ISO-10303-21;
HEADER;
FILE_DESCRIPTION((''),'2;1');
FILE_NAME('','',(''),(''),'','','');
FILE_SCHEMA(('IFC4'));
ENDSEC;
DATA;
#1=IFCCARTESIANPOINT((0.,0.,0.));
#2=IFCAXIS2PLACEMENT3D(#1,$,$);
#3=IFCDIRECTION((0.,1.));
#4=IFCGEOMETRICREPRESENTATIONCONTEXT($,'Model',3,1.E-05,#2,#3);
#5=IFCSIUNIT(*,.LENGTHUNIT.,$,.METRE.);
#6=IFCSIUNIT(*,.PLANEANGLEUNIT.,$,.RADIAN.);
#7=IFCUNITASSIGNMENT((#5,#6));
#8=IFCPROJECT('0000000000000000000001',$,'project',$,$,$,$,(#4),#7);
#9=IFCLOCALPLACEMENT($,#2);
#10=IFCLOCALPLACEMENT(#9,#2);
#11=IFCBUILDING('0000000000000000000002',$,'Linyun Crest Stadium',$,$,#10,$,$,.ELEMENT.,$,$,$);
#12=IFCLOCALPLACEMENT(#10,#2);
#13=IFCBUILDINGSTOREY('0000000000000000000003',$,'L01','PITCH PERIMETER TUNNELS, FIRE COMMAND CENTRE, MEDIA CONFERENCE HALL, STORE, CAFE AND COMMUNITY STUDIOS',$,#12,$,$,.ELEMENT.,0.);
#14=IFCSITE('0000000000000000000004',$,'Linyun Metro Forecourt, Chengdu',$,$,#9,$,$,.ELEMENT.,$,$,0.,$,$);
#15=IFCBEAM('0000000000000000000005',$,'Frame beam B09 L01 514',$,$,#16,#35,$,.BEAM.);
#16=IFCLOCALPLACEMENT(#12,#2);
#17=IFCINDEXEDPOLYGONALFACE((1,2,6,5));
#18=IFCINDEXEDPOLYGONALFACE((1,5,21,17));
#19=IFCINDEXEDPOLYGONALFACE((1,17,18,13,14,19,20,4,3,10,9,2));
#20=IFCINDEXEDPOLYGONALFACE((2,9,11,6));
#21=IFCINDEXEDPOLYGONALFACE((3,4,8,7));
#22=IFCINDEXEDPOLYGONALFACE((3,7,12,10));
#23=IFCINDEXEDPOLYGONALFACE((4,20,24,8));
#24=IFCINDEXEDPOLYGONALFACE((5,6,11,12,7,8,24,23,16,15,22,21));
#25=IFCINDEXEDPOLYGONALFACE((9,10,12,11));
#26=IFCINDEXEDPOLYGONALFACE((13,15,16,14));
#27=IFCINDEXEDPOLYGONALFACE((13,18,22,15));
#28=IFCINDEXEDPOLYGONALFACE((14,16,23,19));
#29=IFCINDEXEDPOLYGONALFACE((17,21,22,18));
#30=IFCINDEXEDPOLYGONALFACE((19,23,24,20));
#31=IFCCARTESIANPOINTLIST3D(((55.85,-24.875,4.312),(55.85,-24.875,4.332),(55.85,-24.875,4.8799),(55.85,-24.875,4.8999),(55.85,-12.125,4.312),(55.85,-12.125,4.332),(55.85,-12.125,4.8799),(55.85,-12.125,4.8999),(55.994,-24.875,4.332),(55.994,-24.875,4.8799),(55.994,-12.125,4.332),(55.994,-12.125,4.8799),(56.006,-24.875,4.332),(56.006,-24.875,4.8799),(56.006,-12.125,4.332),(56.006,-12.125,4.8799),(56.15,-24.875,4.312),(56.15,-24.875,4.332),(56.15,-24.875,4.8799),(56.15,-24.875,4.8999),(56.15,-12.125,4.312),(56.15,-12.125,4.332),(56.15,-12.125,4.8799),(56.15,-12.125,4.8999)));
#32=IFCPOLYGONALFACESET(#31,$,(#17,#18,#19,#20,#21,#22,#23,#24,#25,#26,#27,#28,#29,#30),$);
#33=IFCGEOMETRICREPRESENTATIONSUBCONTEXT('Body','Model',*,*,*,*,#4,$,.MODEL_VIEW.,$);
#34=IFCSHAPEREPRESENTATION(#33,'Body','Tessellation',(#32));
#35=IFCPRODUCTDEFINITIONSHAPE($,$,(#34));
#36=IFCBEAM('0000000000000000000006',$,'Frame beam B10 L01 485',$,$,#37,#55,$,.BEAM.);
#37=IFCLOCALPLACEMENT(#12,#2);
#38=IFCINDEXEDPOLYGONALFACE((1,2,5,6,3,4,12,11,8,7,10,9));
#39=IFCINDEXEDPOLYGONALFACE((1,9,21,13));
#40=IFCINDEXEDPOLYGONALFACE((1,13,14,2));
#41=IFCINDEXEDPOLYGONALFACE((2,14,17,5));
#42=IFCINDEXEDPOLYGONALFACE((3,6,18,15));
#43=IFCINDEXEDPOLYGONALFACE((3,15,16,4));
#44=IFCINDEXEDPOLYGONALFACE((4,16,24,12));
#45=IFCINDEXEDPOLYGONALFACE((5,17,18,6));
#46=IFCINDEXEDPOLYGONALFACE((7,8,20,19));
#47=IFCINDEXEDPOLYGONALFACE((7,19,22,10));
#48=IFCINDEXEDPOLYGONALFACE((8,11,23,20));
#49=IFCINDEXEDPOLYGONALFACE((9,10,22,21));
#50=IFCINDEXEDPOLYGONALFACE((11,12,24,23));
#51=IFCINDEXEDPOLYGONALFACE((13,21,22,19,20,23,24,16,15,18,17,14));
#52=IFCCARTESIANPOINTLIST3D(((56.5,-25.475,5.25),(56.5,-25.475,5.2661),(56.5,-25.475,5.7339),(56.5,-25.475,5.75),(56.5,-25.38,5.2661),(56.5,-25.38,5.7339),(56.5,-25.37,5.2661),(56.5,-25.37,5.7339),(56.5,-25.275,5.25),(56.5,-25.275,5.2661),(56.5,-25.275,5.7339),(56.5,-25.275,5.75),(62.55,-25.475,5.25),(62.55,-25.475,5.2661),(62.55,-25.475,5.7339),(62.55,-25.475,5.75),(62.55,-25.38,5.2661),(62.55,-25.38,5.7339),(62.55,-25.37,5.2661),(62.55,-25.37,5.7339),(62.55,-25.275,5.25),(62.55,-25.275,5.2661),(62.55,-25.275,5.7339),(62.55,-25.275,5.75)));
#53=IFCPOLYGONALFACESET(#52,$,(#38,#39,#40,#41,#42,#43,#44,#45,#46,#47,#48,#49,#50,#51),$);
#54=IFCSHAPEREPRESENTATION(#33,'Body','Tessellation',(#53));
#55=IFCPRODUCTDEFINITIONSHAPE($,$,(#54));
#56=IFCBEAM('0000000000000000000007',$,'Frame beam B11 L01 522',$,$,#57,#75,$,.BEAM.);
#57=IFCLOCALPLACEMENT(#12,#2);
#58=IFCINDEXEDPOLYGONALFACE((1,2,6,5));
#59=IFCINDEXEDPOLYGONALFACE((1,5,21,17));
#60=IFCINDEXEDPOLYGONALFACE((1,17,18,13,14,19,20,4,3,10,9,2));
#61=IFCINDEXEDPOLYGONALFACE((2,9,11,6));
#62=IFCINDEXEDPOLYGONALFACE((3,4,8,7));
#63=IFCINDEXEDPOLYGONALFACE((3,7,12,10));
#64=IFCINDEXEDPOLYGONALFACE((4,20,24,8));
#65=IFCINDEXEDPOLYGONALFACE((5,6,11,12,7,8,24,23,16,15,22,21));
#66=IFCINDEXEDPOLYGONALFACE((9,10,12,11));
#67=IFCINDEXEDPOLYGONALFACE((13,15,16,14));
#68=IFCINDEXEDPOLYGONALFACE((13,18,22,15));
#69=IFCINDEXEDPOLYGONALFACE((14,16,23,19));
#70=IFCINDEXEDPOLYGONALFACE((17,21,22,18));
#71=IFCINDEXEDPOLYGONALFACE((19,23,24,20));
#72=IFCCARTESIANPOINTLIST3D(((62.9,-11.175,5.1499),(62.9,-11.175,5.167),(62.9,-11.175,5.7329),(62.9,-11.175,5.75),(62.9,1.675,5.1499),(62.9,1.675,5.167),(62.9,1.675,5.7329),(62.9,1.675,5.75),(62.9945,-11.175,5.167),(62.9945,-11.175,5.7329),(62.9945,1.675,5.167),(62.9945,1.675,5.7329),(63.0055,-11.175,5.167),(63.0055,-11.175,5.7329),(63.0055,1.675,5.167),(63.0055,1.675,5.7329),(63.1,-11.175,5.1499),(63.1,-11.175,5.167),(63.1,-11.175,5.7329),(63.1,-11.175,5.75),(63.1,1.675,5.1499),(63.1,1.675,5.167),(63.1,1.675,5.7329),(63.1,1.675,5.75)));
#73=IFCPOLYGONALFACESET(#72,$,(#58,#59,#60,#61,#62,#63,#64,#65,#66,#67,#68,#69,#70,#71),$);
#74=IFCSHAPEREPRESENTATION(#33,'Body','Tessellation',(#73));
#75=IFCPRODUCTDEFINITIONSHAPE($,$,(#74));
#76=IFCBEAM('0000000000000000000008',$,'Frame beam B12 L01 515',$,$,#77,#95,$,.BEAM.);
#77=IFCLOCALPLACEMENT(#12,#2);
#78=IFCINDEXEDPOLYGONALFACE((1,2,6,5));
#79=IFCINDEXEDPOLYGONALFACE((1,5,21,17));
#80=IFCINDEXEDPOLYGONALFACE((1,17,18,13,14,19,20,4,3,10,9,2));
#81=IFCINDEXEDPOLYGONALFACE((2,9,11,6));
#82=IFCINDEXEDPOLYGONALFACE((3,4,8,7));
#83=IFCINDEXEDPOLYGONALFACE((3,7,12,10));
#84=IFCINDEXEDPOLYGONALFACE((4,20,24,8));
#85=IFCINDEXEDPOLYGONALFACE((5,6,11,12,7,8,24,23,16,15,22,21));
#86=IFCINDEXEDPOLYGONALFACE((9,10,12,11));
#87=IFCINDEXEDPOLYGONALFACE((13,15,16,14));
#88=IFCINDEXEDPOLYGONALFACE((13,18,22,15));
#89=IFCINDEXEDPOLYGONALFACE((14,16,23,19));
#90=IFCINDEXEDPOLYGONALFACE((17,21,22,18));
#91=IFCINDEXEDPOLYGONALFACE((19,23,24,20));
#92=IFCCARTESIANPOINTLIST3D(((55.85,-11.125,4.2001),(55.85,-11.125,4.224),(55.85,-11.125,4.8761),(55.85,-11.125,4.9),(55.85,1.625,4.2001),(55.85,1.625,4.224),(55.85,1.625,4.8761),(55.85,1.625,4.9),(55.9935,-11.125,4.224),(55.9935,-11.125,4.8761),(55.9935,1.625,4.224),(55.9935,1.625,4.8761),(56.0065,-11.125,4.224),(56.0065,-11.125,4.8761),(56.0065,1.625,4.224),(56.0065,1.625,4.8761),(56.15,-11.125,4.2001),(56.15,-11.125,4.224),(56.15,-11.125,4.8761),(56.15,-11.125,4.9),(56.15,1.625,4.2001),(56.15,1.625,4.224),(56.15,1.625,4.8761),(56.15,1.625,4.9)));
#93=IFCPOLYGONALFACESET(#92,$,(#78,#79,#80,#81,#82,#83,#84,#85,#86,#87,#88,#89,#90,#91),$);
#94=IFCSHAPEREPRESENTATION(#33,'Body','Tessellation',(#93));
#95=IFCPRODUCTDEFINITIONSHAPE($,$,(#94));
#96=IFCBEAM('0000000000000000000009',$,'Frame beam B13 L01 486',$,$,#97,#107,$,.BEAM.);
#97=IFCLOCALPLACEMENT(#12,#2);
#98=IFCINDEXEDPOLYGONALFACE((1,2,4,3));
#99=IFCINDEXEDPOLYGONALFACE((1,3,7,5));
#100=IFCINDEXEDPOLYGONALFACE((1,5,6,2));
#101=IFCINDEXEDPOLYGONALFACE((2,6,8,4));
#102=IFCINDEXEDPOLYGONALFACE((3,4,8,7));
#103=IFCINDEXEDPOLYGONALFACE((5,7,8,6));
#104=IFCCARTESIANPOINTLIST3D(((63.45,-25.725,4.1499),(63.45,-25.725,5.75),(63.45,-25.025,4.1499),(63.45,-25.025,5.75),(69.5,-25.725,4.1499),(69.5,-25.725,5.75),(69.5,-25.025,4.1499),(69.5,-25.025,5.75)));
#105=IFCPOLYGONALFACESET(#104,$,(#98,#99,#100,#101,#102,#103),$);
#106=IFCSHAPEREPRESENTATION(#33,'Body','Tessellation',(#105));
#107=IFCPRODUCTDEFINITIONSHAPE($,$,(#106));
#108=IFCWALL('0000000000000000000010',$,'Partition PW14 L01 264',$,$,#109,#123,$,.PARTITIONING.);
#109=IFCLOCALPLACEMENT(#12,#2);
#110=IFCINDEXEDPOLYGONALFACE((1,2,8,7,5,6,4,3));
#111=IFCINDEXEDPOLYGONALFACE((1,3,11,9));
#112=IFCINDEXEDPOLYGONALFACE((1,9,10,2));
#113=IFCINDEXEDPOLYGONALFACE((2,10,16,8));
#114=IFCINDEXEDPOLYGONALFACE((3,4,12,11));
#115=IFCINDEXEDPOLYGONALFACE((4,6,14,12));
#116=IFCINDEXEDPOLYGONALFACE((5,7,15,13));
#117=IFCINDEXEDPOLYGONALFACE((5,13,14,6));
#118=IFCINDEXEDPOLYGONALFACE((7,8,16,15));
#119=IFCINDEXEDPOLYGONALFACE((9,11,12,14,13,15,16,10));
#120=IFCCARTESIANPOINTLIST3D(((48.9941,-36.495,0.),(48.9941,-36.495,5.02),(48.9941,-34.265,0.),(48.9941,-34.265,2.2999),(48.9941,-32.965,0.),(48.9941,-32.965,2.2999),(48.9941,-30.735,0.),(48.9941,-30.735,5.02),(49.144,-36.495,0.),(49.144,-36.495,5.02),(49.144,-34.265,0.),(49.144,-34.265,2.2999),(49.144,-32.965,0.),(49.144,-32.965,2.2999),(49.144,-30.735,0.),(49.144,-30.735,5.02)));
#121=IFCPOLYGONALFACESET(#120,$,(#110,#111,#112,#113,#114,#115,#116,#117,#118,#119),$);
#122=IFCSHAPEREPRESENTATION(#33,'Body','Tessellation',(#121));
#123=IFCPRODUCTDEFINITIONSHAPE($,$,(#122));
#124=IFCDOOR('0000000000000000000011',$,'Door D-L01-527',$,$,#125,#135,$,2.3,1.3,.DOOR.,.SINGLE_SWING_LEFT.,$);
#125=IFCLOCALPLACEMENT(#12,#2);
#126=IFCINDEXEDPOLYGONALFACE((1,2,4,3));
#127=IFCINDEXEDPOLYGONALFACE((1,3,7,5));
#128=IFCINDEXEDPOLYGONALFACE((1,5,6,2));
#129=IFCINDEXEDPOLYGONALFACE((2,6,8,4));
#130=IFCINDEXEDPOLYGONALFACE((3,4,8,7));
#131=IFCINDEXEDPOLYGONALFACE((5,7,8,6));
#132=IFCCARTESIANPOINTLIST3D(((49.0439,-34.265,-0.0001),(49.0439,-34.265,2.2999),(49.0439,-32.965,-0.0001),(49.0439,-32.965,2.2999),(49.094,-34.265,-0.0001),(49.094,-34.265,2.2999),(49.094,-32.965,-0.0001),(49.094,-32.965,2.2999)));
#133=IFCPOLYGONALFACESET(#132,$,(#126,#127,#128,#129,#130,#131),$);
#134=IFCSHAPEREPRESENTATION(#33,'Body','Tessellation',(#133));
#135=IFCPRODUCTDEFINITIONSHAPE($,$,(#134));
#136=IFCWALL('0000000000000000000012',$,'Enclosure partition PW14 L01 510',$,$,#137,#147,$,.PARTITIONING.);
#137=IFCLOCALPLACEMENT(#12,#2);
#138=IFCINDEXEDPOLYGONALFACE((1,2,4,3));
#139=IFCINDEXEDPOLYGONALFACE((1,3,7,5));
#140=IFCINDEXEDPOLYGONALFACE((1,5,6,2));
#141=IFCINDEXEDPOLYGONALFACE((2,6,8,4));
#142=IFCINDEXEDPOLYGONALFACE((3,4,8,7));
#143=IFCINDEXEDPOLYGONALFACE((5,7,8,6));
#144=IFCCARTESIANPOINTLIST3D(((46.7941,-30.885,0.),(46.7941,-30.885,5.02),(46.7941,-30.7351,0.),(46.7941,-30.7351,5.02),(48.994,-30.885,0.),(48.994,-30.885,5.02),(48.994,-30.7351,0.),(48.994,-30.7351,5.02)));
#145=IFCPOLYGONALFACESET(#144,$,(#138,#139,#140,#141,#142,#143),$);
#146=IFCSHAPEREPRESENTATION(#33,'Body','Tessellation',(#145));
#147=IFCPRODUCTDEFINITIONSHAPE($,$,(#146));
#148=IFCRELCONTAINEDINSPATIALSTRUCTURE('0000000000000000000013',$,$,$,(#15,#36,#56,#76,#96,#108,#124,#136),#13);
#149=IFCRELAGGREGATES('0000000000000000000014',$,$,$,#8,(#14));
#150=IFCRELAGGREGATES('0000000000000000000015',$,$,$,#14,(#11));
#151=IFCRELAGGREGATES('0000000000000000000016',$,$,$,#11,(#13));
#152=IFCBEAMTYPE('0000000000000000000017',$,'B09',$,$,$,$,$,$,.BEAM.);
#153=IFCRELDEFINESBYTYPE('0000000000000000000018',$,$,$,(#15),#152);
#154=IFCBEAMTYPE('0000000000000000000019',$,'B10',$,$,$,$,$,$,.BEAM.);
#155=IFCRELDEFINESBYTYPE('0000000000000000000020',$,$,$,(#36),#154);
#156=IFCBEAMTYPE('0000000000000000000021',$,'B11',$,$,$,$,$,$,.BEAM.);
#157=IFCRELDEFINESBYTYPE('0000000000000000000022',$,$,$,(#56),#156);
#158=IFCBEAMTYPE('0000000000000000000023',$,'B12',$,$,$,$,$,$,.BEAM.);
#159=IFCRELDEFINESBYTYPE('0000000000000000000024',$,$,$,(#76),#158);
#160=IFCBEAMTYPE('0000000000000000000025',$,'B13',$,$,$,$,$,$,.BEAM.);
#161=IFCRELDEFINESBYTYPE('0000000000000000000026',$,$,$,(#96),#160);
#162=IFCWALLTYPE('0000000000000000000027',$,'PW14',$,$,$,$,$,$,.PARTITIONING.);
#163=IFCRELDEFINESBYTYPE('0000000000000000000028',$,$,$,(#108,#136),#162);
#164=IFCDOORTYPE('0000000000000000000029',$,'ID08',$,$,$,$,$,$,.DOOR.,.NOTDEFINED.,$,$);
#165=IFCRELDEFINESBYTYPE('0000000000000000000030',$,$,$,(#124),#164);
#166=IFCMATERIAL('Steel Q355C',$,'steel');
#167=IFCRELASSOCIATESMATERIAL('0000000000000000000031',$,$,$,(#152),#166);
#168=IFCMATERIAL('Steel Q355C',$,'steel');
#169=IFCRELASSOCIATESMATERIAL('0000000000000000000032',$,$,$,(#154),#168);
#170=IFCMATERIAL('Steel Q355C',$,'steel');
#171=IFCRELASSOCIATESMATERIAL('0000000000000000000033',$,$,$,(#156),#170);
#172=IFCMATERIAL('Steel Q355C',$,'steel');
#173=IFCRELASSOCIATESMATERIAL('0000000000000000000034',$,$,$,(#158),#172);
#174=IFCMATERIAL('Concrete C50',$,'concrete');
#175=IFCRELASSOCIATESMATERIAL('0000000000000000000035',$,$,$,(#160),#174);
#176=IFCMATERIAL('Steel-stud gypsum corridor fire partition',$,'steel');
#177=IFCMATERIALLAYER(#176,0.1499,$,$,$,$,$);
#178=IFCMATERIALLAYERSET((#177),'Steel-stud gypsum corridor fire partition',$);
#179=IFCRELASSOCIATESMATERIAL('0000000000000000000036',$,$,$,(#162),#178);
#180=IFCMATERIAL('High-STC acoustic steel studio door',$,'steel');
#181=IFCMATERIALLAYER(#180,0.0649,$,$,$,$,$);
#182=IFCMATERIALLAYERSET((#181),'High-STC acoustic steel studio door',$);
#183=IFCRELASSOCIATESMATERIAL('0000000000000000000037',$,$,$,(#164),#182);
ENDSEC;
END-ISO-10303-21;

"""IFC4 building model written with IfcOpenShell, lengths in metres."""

from ifc_helpers import new_model, si_unit, direction, frame, frame_2d, origin, origin_2d, place, context, subcontext, project, spatial, rectangle, i_section, extrude, material, layer, layer_set, material_profile, profile_set, type_object, element, fill, save


model = new_model("IFC4")

# Units and contexts
model_context = context("Model", 3, precision=1e-05, world=origin(), true_north=direction((0.0, 1.0)))
body_context = subcontext(model_context, "Body", "Model", "MODEL_VIEW")
ifc_project = project(units=[si_unit("LENGTHUNIT", "METRE"), si_unit("PLANEANGLEUNIT", "RADIAN")], contexts=[model_context])

# Site, building, storey
site_placement = place(None, origin())
site = spatial("IfcSite", under=ifc_project, at=site_placement, Name="Linyun Metro Forecourt, Chengdu", CompositionType="ELEMENT", RefElevation=0.0)
building_placement = place(site_placement, origin())
building = spatial("IfcBuilding", under=site, at=building_placement, Name="Linyun Crest Stadium", CompositionType="ELEMENT")
storey_placement = place(building_placement, origin())
storey = spatial("IfcBuildingStorey", under=building, at=storey_placement, Name="L01", Description="PITCH PERIMETER TUNNELS, FIRE COMMAND CENTRE, MEDIA CONFERENCE HALL, STORE, CAFE AND COMMUNITY STUDIOS", CompositionType="ELEMENT", Elevation=0.0)

# Beams
ifc_material_1 = material(Name="Steel Q355C", Category="steel")
ifc_material_profile_1 = material_profile(ifc_material_1, i_section(OverallWidth=0.3, OverallDepth=0.5879, WebThickness=0.012, FlangeThickness=0.02, at=origin_2d()), Name="HM 588x300")
ifc_profile_set_1 = profile_set([ifc_material_profile_1], Name="Steel Q355C")
beam_type_1 = type_object("IfcBeamType", Name="B09", PredefinedType="BEAM", material=ifc_profile_set_1)
beam_1_placement = place(storey_placement, frame((56.0, -24.875, 4.606), z_axis=(0.0, 1.0, 0.0), x_axis=(-1.0, 0.0, 0.0)))
element("IfcBeam", 1, at=beam_1_placement, inside=storey, type_object=beam_type_1, Name="Frame beam B09 L01 514", PredefinedType="BEAM", context=body_context, shape_type="SweptSolid", body=[
    extrude(i_section(OverallWidth=0.3, OverallDepth=0.5879, WebThickness=0.012, FlangeThickness=0.02, at=origin_2d()), origin(), (0.0, 0.0, 1.0), 12.75),
])
ifc_material_2 = material(Name="Steel Q355C", Category="steel")
ifc_material_profile_2 = material_profile(ifc_material_2, i_section(OverallWidth=0.2, OverallDepth=0.5, WebThickness=0.01, FlangeThickness=0.0161, at=origin_2d()), Name="HN 500x200")
ifc_profile_set_2 = profile_set([ifc_material_profile_2], Name="Steel Q355C")
beam_type_2 = type_object("IfcBeamType", Name="B10", PredefinedType="BEAM", material=ifc_profile_set_2)
beam_2_placement = place(storey_placement, frame((56.5, -25.375, 5.5), z_axis=(1.0, 0.0, 0.0), x_axis=(0.0, 1.0, 0.0)))
element("IfcBeam", 2, at=beam_2_placement, inside=storey, type_object=beam_type_2, Name="Frame beam B10 L01 485", PredefinedType="BEAM", context=body_context, shape_type="SweptSolid", body=[
    extrude(i_section(OverallWidth=0.2, OverallDepth=0.5, WebThickness=0.01, FlangeThickness=0.0161, at=origin_2d()), origin(), (0.0, 0.0, 1.0), 6.05),
])
ifc_material_3 = material(Name="Steel Q355C", Category="steel")
ifc_material_profile_3 = material_profile(ifc_material_3, i_section(OverallWidth=0.2, OverallDepth=0.6001, WebThickness=0.011, FlangeThickness=0.0171, at=origin_2d()), Name="HN 600x200")
ifc_profile_set_3 = profile_set([ifc_material_profile_3], Name="Steel Q355C")
beam_type_3 = type_object("IfcBeamType", Name="B11", PredefinedType="BEAM", material=ifc_profile_set_3)
beam_3_placement = place(storey_placement, frame((63.0, -11.175, 5.45), z_axis=(0.0, 1.0, 0.0), x_axis=(-1.0, 0.0, 0.0)))
element("IfcBeam", 3, at=beam_3_placement, inside=storey, type_object=beam_type_3, Name="Frame beam B11 L01 522", PredefinedType="BEAM", context=body_context, shape_type="SweptSolid", body=[
    extrude(i_section(OverallWidth=0.2, OverallDepth=0.6001, WebThickness=0.011, FlangeThickness=0.0171, at=origin_2d()), origin(), (0.0, 0.0, 1.0), 12.8501),
])
ifc_material_4 = material(Name="Steel Q355C", Category="steel")
ifc_material_profile_4 = material_profile(ifc_material_4, i_section(OverallWidth=0.3, OverallDepth=0.7, WebThickness=0.0129, FlangeThickness=0.0239, at=origin_2d()), Name="HN 700x300")
ifc_profile_set_4 = profile_set([ifc_material_profile_4], Name="Steel Q355C")
beam_type_4 = type_object("IfcBeamType", Name="B12", PredefinedType="BEAM", material=ifc_profile_set_4)
beam_4_placement = place(storey_placement, frame((56.0, -11.125, 4.55), z_axis=(0.0, 1.0, 0.0), x_axis=(-1.0, 0.0, 0.0)))
element("IfcBeam", 4, at=beam_4_placement, inside=storey, type_object=beam_type_4, Name="Frame beam B12 L01 515", PredefinedType="BEAM", context=body_context, shape_type="SweptSolid", body=[
    extrude(i_section(OverallWidth=0.3, OverallDepth=0.7, WebThickness=0.0129, FlangeThickness=0.0239, at=origin_2d()), origin(), (0.0, 0.0, 1.0), 12.75),
])
ifc_material_5 = material(Name="Concrete C50", Category="concrete")
ifc_material_profile_5 = material_profile(ifc_material_5, rectangle(XDim=0.7, YDim=1.6001, at=origin_2d()), Name="RCB 1600x700")
ifc_profile_set_5 = profile_set([ifc_material_profile_5], Name="Concrete C50")
beam_type_5 = type_object("IfcBeamType", Name="B13", PredefinedType="BEAM", material=ifc_profile_set_5)
beam_5_placement = place(storey_placement, frame((63.45, -25.375, 4.95), z_axis=(1.0, 0.0, 0.0), x_axis=(0.0, 1.0, 0.0)))
element("IfcBeam", 5, at=beam_5_placement, inside=storey, type_object=beam_type_5, Name="Frame beam B13 L01 486", PredefinedType="BEAM", context=body_context, shape_type="SweptSolid", body=[
    extrude(rectangle(XDim=0.7, YDim=1.6001, at=origin_2d()), origin(), (0.0, 0.0, 1.0), 6.05),
])

# Wall, opening, door
ifc_material_6 = material(Name="Steel-stud gypsum corridor fire partition", Category="steel")
ifc_layer_1 = layer(ifc_material_6, 0.1499)
ifc_layer_set_1 = layer_set([ifc_layer_1], Name="Steel-stud gypsum corridor fire partition")
wall_type_1 = type_object("IfcWallType", Name="PW14", PredefinedType="PARTITIONING", material=ifc_layer_set_1)
wall_1_placement = place(storey_placement, frame((49.0691, -30.7351, 0.0), z_axis=(0.0, 0.0, 1.0), x_axis=(0.0, -1.0, 0.0)))
wall_1 = element("IfcWall", 6, at=wall_1_placement, inside=storey, type_object=wall_type_1, Name="Partition PW14 L01 264", PredefinedType="PARTITIONING", context=body_context, shape_type="SweptSolid", body=[
    extrude(rectangle(XDim=5.76, YDim=0.1499, at=frame_2d((2.8799, 0.0))), origin(), (0.0, 0.0, 1.0), 5.02),
])
opening_1_placement = place(wall_1_placement, frame((2.23, 0.0, 0.0)))
opening_1 = element("IfcOpeningElement", 7, at=opening_1_placement, cuts=wall_1, PredefinedType="OPENING", context=body_context, shape_type="SweptSolid", body=[
    extrude(rectangle(XDim=1.3, YDim=2.3, at=frame_2d((0.6499, 1.1499))), frame((0.0, 0.085, 0.0), z_axis=(0.0, -1.0, 0.0), x_axis=(1.0, 0.0, 0.0)), (0.0, 0.0, 1.0), 0.1699),
])
ifc_material_7 = material(Name="High-STC acoustic steel studio door", Category="steel")
ifc_layer_2 = layer(ifc_material_7, 0.0649)
ifc_layer_set_2 = layer_set([ifc_layer_2], Name="High-STC acoustic steel studio door")
door_type_1 = type_object("IfcDoorType", Name="ID08", OperationType="NOTDEFINED", PredefinedType="DOOR", material=ifc_layer_set_2)
door_1_placement = place(opening_1_placement, origin())
door_1 = element("IfcDoor", 8, at=door_1_placement, inside=storey, type_object=door_type_1, Name="Door D-L01-527", OperationType="SINGLE_SWING_LEFT", OverallHeight=2.3, OverallWidth=1.3, PredefinedType="DOOR", context=body_context, shape_type="SweptSolid", body=[
    extrude(rectangle(XDim=1.3, YDim=2.3, at=frame_2d((0.6499, 1.1499))), frame((0.0, 0.0249, 0.0), z_axis=(0.0, -1.0, 0.0), x_axis=(1.0, 0.0, 0.0)), (0.0, 0.0, 1.0), 0.05),
])
fill(opening_1, door_1)

# Wall
wall_2_placement = place(storey_placement, frame((46.7939, -30.8101, 0.0), z_axis=(0.0, 0.0, 1.0), x_axis=(1.0, 0.0, 0.0)))
element("IfcWall", 9, at=wall_2_placement, inside=storey, type_object=wall_type_1, Name="Enclosure partition PW14 L01 510", PredefinedType="PARTITIONING", context=body_context, shape_type="SweptSolid", body=[
    extrude(rectangle(XDim=2.2, YDim=0.1499, at=frame_2d((1.1001, 0.0))), origin(), (0.0, 0.0, 1.0), 5.02),
])

save(model, "model.ifc")
